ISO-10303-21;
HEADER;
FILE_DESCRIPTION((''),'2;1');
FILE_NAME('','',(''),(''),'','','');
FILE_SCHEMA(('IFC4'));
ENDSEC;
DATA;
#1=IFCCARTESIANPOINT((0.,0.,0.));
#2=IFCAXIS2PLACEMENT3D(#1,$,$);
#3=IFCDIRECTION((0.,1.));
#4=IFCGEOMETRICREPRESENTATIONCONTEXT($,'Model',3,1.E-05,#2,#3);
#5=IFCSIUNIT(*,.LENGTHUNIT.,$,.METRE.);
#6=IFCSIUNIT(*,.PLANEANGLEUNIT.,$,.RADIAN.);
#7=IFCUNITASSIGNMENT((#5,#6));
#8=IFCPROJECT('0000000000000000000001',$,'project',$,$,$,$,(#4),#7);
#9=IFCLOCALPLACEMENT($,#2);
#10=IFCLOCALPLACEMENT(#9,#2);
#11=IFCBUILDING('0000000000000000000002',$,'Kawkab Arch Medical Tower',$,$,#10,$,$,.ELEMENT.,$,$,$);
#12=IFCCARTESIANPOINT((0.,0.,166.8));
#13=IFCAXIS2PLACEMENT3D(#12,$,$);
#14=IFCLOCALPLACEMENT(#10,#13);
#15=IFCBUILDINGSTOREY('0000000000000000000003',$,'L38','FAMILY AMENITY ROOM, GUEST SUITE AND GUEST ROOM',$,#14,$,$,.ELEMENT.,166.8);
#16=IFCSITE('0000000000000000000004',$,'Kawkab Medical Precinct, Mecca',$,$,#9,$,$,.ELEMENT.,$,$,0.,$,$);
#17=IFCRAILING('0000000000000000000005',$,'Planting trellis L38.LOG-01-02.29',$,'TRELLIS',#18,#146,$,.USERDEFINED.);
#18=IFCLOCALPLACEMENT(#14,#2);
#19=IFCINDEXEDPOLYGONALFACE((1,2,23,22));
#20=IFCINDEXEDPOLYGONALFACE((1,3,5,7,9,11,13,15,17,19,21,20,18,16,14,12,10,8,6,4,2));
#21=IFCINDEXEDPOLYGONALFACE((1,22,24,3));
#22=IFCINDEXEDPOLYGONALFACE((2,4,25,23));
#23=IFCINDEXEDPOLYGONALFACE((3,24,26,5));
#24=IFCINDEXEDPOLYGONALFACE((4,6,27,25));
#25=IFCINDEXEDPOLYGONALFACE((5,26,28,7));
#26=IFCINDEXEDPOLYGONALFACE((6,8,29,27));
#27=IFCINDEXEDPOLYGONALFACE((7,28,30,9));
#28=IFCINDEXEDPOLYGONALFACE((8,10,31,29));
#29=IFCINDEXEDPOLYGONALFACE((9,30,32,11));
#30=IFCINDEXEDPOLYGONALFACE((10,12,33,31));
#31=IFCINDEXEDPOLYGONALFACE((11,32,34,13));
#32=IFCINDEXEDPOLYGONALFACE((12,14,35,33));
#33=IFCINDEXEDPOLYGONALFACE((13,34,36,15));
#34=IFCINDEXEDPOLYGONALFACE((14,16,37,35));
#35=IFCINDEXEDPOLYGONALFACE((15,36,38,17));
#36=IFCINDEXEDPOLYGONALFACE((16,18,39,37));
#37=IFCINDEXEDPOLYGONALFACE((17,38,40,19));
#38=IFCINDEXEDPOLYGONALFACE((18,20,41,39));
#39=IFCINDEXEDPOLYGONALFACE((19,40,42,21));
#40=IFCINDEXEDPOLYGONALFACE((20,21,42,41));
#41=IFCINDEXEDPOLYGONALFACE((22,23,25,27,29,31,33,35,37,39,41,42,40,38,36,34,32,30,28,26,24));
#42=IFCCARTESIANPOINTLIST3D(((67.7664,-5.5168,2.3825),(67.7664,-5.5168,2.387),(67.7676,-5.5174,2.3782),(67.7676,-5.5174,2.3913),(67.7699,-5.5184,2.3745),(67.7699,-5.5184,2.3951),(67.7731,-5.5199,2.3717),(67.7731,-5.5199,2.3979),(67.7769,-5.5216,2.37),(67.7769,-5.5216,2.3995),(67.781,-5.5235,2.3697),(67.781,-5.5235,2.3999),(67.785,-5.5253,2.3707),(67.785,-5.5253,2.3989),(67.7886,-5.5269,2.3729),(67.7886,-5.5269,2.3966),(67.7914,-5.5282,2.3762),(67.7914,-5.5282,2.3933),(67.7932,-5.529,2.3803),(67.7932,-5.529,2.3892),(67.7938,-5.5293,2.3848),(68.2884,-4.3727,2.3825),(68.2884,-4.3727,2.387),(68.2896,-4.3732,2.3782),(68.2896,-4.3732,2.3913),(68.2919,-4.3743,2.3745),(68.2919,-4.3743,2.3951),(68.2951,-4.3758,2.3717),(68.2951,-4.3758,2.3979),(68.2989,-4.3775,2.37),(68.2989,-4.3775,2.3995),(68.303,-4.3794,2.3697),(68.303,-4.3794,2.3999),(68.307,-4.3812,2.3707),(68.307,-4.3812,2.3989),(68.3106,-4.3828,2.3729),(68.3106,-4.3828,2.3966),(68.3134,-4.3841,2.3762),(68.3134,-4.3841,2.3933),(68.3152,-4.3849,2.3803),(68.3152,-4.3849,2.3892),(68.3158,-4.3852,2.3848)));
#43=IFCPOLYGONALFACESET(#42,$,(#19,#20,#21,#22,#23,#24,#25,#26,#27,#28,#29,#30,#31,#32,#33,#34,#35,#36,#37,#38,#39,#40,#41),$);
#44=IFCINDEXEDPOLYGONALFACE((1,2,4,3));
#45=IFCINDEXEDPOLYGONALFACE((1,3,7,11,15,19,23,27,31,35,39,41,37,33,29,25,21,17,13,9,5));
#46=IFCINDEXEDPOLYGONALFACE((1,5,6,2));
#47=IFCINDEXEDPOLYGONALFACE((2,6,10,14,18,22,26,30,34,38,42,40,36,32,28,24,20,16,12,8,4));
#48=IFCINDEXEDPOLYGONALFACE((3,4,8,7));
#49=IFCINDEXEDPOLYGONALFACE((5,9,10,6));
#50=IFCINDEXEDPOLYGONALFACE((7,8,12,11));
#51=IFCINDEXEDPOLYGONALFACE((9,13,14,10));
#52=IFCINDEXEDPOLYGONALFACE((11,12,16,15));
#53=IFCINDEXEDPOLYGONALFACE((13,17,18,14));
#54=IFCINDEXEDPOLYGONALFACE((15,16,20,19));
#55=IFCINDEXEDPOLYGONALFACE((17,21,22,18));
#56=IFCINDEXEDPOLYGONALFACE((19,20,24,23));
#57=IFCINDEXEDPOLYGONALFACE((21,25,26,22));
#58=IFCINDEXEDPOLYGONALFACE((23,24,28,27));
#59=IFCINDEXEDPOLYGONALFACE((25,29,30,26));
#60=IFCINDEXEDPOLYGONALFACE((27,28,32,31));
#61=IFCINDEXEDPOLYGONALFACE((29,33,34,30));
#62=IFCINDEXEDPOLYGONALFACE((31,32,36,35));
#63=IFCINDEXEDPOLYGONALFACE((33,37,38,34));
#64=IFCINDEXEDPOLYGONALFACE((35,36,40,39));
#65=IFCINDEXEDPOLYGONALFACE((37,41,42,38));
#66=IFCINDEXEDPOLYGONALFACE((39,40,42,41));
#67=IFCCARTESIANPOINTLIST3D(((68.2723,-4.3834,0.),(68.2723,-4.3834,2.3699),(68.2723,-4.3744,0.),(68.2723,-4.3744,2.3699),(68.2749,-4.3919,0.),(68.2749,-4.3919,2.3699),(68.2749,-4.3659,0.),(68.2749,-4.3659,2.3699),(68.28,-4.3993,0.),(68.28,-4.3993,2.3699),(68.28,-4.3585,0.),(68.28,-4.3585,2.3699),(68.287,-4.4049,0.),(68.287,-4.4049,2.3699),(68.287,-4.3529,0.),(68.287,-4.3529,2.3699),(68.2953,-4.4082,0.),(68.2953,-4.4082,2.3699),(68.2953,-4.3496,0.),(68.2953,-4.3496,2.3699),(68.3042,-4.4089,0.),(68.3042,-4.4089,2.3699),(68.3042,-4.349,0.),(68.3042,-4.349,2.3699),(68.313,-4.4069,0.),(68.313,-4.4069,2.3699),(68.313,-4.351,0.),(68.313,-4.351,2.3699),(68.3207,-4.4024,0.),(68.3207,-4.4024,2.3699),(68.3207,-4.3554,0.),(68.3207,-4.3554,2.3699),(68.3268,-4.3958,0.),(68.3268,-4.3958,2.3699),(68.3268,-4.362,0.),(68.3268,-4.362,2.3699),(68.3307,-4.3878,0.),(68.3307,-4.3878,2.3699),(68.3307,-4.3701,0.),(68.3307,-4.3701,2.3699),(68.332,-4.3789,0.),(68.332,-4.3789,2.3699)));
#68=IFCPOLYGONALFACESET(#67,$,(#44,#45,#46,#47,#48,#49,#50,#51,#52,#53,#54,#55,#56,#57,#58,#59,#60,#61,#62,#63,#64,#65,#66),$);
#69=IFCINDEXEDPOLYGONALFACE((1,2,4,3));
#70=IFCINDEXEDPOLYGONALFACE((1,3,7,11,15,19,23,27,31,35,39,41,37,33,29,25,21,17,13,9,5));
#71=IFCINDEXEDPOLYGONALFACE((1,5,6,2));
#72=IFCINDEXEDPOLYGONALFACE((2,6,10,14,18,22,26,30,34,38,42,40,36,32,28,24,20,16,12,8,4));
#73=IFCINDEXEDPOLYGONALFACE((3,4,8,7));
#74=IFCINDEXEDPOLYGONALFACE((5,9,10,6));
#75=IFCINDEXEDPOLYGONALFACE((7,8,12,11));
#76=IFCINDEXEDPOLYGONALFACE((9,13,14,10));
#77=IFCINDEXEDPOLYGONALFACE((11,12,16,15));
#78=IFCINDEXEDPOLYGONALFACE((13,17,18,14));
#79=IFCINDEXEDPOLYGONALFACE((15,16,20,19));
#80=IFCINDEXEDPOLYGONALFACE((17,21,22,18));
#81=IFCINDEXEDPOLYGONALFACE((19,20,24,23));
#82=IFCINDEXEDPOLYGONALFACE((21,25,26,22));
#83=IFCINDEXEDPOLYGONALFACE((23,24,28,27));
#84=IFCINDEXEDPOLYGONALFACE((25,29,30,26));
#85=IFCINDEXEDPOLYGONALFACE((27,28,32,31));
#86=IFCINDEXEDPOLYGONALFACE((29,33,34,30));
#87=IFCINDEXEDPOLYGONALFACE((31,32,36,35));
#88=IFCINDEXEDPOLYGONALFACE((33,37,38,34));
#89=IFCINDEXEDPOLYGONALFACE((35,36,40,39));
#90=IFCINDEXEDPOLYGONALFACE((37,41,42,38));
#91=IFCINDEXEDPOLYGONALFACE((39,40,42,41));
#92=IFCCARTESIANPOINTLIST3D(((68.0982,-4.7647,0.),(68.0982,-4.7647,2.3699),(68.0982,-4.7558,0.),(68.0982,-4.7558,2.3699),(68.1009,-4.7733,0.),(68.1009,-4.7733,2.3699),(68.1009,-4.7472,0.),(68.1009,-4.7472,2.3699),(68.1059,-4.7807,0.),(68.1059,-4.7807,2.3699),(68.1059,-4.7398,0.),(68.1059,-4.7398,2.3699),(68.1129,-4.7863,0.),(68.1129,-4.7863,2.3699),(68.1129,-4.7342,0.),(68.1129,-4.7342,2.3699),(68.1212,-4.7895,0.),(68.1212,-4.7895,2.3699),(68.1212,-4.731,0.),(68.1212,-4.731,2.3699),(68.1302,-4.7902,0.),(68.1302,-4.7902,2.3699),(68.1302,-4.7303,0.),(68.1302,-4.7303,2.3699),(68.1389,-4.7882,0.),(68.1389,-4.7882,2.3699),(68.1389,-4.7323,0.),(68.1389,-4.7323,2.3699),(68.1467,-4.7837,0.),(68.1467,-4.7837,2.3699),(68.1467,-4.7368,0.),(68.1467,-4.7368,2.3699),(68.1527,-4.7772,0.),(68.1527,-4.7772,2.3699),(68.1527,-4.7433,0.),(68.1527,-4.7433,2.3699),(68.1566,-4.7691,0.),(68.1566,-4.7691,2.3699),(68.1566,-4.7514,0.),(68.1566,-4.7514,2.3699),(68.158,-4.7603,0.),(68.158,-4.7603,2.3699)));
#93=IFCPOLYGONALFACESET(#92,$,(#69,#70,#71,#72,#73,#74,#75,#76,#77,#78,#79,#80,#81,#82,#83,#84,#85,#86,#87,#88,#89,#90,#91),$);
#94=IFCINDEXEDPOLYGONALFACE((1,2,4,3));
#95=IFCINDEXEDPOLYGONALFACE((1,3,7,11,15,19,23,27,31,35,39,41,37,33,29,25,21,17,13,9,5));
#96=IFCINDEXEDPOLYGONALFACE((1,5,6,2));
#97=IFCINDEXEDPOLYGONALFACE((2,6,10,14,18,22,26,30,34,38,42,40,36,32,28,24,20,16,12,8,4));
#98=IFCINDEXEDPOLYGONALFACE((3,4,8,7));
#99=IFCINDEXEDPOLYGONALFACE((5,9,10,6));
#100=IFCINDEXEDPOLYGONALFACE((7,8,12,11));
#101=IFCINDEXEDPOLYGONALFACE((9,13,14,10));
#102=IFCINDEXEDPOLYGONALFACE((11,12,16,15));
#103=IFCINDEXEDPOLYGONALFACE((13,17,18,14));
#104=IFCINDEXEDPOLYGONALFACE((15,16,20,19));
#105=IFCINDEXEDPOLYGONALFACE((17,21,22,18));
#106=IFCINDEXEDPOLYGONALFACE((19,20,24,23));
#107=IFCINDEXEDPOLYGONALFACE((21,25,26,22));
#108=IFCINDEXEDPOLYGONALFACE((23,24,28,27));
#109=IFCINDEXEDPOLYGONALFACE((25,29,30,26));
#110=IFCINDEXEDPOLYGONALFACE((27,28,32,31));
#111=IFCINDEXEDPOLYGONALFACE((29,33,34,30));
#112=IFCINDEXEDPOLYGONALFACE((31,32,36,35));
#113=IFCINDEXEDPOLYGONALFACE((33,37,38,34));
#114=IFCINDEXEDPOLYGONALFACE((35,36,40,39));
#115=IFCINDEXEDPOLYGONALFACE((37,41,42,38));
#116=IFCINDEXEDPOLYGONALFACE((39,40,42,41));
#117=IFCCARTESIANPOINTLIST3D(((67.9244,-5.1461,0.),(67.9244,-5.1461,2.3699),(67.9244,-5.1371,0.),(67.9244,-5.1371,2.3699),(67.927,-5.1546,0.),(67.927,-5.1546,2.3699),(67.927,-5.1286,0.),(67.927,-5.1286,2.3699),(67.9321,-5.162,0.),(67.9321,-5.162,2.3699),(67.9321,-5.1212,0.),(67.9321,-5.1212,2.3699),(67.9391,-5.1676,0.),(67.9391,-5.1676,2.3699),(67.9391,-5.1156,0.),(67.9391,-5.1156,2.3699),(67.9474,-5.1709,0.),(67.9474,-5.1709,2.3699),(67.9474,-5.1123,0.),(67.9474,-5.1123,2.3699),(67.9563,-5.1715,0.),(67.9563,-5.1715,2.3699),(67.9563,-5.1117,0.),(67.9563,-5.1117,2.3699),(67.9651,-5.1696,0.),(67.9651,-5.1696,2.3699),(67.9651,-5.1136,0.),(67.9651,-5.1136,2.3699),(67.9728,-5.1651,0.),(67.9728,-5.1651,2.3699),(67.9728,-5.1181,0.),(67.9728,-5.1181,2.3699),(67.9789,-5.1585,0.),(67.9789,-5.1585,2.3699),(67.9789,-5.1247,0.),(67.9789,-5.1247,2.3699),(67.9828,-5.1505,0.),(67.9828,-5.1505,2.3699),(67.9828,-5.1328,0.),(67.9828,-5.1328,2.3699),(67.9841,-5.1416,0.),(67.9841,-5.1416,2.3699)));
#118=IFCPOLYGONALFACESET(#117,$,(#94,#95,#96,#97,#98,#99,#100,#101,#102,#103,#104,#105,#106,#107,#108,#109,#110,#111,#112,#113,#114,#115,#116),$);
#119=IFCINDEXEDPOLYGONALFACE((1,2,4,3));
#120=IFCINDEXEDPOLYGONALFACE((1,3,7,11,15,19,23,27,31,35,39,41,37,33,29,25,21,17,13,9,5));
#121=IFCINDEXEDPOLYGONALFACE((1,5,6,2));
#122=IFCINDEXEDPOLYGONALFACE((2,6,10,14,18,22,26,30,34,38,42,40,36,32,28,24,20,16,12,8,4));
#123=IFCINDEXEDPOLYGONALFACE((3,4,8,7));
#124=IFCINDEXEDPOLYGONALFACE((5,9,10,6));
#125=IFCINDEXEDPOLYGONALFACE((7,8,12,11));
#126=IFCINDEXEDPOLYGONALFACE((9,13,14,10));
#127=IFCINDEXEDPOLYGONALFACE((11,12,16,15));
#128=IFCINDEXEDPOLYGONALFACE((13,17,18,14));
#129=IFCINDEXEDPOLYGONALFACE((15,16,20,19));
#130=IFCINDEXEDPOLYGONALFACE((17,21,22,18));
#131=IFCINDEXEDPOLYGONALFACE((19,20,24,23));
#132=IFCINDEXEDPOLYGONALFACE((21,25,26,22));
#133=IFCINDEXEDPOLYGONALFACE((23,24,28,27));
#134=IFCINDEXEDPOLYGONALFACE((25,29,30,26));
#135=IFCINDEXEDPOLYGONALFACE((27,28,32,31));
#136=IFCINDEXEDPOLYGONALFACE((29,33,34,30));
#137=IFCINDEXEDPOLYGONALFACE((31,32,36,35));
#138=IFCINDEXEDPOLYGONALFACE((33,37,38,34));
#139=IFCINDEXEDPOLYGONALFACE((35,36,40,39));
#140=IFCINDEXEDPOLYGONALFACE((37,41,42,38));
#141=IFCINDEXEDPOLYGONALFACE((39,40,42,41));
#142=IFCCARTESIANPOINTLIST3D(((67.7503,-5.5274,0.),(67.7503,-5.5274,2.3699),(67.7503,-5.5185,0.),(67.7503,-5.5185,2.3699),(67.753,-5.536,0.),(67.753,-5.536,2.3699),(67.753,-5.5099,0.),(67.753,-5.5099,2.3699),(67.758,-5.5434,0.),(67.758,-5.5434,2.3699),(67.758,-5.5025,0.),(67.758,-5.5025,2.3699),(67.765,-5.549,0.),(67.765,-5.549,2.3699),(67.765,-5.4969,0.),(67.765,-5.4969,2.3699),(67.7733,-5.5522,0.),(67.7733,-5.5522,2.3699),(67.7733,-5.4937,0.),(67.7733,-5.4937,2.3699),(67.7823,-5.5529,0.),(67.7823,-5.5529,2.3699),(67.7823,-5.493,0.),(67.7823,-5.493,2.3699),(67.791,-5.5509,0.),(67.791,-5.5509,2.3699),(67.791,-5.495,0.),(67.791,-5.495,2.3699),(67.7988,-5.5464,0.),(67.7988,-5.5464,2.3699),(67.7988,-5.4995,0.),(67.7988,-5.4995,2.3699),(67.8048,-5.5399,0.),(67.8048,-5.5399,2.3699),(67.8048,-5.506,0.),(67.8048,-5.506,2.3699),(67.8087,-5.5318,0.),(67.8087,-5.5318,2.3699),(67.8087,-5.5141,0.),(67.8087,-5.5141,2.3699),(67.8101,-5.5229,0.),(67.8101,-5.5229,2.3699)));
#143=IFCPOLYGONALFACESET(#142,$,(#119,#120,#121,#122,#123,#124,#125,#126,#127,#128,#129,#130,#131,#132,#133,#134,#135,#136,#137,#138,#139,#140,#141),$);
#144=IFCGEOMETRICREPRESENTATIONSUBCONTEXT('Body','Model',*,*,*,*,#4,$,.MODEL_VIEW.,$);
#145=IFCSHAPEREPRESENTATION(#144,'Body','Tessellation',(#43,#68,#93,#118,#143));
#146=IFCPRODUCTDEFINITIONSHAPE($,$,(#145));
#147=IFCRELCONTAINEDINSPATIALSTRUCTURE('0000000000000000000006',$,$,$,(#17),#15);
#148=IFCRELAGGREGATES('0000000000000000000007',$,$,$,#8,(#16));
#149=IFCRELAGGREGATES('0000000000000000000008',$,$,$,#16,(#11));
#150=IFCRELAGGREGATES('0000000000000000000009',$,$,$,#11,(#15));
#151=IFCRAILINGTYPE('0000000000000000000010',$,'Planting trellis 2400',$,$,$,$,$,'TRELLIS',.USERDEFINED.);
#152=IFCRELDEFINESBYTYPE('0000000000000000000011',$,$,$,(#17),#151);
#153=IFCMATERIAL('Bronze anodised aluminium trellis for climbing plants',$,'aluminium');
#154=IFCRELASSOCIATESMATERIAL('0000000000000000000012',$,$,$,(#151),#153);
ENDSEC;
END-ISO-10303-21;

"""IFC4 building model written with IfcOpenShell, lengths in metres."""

from ifc_helpers import new_model, si_unit, direction, frame, origin, origin_2d, place, context, subcontext, project, spatial, circle, extrude, material, type_object, element, save


model = new_model("IFC4")

# Units and contexts
model_context = context("Model", 3, precision=1e-05, world=origin(), true_north=direction((0.0, 1.0)))
body_context = subcontext(model_context, "Body", "Model", "MODEL_VIEW")
ifc_project = project(units=[si_unit("LENGTHUNIT", "METRE"), si_unit("PLANEANGLEUNIT", "RADIAN")], contexts=[model_context])

# Site, building, storey
site_placement = place(None, origin())
site = spatial("IfcSite", under=ifc_project, at=site_placement, Name="Kawkab Medical Precinct, Mecca", CompositionType="ELEMENT", RefElevation=0.0)
building_placement = place(site_placement, origin())
building = spatial("IfcBuilding", under=site, at=building_placement, Name="Kawkab Arch Medical Tower", CompositionType="ELEMENT")
storey_placement = place(building_placement, frame((0.0, 0.0, 166.8)))
storey = spatial("IfcBuildingStorey", under=building, at=storey_placement, Name="L38", Description="FAMILY AMENITY ROOM, GUEST SUITE AND GUEST ROOM", CompositionType="ELEMENT", Elevation=166.8)

# Railing
ifc_material_1 = material(Name="Bronze anodised aluminium trellis for climbing plants", Category="aluminium")
railing_type = type_object("IfcRailingType", Name="Planting trellis 2400", ElementType="TRELLIS", PredefinedType="USERDEFINED", material=ifc_material_1)
railing_1_placement = place(storey_placement, frame((68.302, -4.3789, 0.0)))
element("IfcRailing", 1, at=railing_1_placement, inside=storey, type_object=railing_type, Name="Planting trellis L38.LOG-01-02.29", ObjectType="TRELLIS", PredefinedType="USERDEFINED", context=body_context, shape_type="SweptSolid", body=[
    extrude(circle(Radius=0.0151, at=origin_2d()), frame((0.0, 0.0, 2.3848), z_axis=(-0.41509, -0.90978, 0.0), x_axis=(0.90978, -0.41509, 0.0)), (0.0, 0.0, 1.0), 1.2576),
    extrude(circle(Radius=0.03, at=origin_2d()), origin(), (0.0, 0.0, 1.0), 2.3699),
    extrude(circle(Radius=0.03, at=origin_2d()), frame((-0.1741, -0.3813, 0.0)), (0.0, 0.0, 1.0), 2.3699),
    extrude(circle(Radius=0.03, at=origin_2d()), frame((-0.3479, -0.7627, 0.0)), (0.0, 0.0, 1.0), 2.3699),
    extrude(circle(Radius=0.03, at=origin_2d()), frame((-0.522, -1.144, 0.0)), (0.0, 0.0, 1.0), 2.3699),
])

save(model, "model.ifc")
